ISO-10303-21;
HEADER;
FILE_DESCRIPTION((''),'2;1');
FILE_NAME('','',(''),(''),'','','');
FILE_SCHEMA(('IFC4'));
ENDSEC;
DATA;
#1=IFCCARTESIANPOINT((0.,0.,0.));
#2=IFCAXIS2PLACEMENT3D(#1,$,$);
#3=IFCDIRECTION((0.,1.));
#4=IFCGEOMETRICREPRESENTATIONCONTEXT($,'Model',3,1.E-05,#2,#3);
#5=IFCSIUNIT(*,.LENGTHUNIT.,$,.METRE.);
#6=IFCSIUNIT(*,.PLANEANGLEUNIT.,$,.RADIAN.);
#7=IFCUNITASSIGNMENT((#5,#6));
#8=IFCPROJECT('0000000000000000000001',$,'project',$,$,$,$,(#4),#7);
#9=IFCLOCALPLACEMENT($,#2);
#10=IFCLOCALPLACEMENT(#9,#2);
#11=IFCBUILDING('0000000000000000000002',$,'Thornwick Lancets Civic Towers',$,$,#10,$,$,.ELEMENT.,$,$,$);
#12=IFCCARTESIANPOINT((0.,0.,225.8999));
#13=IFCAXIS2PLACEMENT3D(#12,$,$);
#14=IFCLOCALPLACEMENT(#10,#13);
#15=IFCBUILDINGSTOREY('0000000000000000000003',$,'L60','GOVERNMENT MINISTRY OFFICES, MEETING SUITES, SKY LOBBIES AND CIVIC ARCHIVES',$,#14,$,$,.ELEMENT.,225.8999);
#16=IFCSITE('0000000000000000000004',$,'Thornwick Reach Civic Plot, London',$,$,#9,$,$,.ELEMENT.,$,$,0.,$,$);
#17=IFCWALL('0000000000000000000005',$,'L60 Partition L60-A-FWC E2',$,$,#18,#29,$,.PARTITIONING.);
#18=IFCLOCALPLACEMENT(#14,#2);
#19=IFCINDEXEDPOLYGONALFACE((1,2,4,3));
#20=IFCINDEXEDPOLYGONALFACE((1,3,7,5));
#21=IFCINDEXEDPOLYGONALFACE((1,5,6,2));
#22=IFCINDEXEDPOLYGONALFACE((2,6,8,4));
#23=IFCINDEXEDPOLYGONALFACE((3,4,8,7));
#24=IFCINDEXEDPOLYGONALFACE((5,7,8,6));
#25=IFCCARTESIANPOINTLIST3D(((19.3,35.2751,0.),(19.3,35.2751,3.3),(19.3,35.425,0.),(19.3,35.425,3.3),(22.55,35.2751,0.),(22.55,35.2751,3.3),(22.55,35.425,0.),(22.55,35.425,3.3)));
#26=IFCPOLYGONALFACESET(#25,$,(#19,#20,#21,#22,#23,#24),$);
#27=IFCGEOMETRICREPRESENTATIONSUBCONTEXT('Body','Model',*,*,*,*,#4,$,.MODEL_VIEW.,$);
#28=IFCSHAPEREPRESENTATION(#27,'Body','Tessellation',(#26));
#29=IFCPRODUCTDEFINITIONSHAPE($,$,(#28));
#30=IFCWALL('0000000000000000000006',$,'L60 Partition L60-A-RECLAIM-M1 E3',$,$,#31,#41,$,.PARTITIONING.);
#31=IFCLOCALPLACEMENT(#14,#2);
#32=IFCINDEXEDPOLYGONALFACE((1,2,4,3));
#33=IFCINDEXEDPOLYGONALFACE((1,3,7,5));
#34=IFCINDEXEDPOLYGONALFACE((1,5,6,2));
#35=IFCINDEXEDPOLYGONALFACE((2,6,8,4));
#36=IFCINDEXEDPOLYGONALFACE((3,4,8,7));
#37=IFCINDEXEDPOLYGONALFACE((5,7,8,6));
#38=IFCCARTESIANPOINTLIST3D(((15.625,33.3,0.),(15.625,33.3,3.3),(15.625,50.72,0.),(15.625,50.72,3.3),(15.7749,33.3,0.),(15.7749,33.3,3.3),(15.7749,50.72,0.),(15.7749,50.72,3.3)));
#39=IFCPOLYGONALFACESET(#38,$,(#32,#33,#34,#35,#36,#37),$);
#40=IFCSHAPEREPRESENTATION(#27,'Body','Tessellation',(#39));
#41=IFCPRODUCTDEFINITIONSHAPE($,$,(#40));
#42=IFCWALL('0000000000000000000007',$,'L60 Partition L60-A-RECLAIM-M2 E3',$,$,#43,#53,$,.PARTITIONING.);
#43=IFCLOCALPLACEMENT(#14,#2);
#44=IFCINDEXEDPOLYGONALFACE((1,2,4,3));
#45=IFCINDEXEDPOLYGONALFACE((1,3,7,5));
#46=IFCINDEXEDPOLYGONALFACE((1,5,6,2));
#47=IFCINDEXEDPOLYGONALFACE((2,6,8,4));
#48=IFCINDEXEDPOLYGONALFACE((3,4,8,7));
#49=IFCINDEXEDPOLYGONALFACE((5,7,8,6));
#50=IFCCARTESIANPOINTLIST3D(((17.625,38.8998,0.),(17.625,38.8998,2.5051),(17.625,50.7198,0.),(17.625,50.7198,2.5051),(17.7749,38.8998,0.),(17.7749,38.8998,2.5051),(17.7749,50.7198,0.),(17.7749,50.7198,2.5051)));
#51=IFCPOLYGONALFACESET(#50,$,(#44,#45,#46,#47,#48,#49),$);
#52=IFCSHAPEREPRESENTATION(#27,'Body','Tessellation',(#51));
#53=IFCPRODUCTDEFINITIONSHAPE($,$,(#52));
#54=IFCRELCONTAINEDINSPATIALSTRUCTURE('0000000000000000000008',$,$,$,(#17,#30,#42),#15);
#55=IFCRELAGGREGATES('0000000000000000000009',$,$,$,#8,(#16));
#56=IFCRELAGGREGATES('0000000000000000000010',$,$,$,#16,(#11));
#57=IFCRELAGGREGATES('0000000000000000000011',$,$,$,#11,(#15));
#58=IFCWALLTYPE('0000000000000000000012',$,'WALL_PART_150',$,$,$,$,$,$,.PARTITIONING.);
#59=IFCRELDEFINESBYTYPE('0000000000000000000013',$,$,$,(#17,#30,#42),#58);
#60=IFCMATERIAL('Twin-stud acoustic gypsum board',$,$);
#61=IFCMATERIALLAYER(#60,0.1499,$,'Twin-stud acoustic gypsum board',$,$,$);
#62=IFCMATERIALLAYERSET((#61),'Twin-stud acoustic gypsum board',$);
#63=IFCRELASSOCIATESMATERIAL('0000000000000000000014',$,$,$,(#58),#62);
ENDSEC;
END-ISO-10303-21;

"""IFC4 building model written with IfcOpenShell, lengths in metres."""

from ifc_helpers import new_model, si_unit, direction, frame, frame_2d, origin, place, context, subcontext, project, spatial, rectangle, extrude, material, layer, layer_set, type_object, element, save


model = new_model("IFC4")

# Units and contexts
model_context = context("Model", 3, precision=1e-05, world=origin(), true_north=direction((0.0, 1.0)))
body_context = subcontext(model_context, "Body", "Model", "MODEL_VIEW")
ifc_project = project(units=[si_unit("LENGTHUNIT", "METRE"), si_unit("PLANEANGLEUNIT", "RADIAN")], contexts=[model_context])

# Site, building, storey
site_placement = place(None, origin())
site = spatial("IfcSite", under=ifc_project, at=site_placement, Name="Thornwick Reach Civic Plot, London", CompositionType="ELEMENT", RefElevation=0.0)
building_placement = place(site_placement, origin())
building = spatial("IfcBuilding", under=site, at=building_placement, Name="Thornwick Lancets Civic Towers", CompositionType="ELEMENT")
storey_placement = place(building_placement, frame((0.0, 0.0, 225.8999)))
storey = spatial("IfcBuildingStorey", under=building, at=storey_placement, Name="L60", Description="GOVERNMENT MINISTRY OFFICES, MEETING SUITES, SKY LOBBIES AND CIVIC ARCHIVES", CompositionType="ELEMENT", Elevation=225.8999)

# Walls
ifc_material_1 = material(Name="Twin-stud acoustic gypsum board")
ifc_layer_1 = layer(ifc_material_1, 0.1499, Name="Twin-stud acoustic gypsum board")
ifc_layer_set_1 = layer_set([ifc_layer_1], Name="Twin-stud acoustic gypsum board")
wall_type_1 = type_object("IfcWallType", Name="WALL_PART_150", PredefinedType="PARTITIONING", material=ifc_layer_set_1)
wall_1_placement = place(storey_placement, frame((19.3, 35.3501, 0.0), z_axis=(0.0, 0.0, 1.0), x_axis=(1.0, 0.0, 0.0)))
element("IfcWall", 1, at=wall_1_placement, inside=storey, type_object=wall_type_1, Name="L60 Partition L60-A-FWC E2", PredefinedType="PARTITIONING", context=body_context, shape_type="SweptSolid", body=[
    extrude(rectangle(XDim=3.25, YDim=0.1499, at=frame_2d((1.625, 0.0))), origin(), (0.0, 0.0, 1.0), 3.3),
])
wall_2_placement = place(storey_placement, frame((15.7, 50.72, 0.0), z_axis=(0.0, 0.0, 1.0), x_axis=(0.0, -1.0, 0.0)))
element("IfcWall", 2, at=wall_2_placement, inside=storey, type_object=wall_type_1, Name="L60 Partition L60-A-RECLAIM-M1 E3", PredefinedType="PARTITIONING", context=body_context, shape_type="SweptSolid", body=[
    extrude(rectangle(XDim=17.4199, YDim=0.1499, at=frame_2d((8.71, 0.0))), origin(), (0.0, 0.0, 1.0), 3.3),
])
wall_3_placement = place(storey_placement, frame((17.7, 50.72, 0.0), z_axis=(0.0, 0.0, 1.0), x_axis=(0.0, -1.0, 0.0)))
element("IfcWall", 3, at=wall_3_placement, inside=storey, type_object=wall_type_1, Name="L60 Partition L60-A-RECLAIM-M2 E3", PredefinedType="PARTITIONING", context=body_context, shape_type="SweptSolid", body=[
    extrude(rectangle(XDim=11.8201, YDim=0.1499, at=frame_2d((5.9102, 0.0))), origin(), (0.0, 0.0, 1.0), 2.5051),
])

save(model, "model.ifc")
